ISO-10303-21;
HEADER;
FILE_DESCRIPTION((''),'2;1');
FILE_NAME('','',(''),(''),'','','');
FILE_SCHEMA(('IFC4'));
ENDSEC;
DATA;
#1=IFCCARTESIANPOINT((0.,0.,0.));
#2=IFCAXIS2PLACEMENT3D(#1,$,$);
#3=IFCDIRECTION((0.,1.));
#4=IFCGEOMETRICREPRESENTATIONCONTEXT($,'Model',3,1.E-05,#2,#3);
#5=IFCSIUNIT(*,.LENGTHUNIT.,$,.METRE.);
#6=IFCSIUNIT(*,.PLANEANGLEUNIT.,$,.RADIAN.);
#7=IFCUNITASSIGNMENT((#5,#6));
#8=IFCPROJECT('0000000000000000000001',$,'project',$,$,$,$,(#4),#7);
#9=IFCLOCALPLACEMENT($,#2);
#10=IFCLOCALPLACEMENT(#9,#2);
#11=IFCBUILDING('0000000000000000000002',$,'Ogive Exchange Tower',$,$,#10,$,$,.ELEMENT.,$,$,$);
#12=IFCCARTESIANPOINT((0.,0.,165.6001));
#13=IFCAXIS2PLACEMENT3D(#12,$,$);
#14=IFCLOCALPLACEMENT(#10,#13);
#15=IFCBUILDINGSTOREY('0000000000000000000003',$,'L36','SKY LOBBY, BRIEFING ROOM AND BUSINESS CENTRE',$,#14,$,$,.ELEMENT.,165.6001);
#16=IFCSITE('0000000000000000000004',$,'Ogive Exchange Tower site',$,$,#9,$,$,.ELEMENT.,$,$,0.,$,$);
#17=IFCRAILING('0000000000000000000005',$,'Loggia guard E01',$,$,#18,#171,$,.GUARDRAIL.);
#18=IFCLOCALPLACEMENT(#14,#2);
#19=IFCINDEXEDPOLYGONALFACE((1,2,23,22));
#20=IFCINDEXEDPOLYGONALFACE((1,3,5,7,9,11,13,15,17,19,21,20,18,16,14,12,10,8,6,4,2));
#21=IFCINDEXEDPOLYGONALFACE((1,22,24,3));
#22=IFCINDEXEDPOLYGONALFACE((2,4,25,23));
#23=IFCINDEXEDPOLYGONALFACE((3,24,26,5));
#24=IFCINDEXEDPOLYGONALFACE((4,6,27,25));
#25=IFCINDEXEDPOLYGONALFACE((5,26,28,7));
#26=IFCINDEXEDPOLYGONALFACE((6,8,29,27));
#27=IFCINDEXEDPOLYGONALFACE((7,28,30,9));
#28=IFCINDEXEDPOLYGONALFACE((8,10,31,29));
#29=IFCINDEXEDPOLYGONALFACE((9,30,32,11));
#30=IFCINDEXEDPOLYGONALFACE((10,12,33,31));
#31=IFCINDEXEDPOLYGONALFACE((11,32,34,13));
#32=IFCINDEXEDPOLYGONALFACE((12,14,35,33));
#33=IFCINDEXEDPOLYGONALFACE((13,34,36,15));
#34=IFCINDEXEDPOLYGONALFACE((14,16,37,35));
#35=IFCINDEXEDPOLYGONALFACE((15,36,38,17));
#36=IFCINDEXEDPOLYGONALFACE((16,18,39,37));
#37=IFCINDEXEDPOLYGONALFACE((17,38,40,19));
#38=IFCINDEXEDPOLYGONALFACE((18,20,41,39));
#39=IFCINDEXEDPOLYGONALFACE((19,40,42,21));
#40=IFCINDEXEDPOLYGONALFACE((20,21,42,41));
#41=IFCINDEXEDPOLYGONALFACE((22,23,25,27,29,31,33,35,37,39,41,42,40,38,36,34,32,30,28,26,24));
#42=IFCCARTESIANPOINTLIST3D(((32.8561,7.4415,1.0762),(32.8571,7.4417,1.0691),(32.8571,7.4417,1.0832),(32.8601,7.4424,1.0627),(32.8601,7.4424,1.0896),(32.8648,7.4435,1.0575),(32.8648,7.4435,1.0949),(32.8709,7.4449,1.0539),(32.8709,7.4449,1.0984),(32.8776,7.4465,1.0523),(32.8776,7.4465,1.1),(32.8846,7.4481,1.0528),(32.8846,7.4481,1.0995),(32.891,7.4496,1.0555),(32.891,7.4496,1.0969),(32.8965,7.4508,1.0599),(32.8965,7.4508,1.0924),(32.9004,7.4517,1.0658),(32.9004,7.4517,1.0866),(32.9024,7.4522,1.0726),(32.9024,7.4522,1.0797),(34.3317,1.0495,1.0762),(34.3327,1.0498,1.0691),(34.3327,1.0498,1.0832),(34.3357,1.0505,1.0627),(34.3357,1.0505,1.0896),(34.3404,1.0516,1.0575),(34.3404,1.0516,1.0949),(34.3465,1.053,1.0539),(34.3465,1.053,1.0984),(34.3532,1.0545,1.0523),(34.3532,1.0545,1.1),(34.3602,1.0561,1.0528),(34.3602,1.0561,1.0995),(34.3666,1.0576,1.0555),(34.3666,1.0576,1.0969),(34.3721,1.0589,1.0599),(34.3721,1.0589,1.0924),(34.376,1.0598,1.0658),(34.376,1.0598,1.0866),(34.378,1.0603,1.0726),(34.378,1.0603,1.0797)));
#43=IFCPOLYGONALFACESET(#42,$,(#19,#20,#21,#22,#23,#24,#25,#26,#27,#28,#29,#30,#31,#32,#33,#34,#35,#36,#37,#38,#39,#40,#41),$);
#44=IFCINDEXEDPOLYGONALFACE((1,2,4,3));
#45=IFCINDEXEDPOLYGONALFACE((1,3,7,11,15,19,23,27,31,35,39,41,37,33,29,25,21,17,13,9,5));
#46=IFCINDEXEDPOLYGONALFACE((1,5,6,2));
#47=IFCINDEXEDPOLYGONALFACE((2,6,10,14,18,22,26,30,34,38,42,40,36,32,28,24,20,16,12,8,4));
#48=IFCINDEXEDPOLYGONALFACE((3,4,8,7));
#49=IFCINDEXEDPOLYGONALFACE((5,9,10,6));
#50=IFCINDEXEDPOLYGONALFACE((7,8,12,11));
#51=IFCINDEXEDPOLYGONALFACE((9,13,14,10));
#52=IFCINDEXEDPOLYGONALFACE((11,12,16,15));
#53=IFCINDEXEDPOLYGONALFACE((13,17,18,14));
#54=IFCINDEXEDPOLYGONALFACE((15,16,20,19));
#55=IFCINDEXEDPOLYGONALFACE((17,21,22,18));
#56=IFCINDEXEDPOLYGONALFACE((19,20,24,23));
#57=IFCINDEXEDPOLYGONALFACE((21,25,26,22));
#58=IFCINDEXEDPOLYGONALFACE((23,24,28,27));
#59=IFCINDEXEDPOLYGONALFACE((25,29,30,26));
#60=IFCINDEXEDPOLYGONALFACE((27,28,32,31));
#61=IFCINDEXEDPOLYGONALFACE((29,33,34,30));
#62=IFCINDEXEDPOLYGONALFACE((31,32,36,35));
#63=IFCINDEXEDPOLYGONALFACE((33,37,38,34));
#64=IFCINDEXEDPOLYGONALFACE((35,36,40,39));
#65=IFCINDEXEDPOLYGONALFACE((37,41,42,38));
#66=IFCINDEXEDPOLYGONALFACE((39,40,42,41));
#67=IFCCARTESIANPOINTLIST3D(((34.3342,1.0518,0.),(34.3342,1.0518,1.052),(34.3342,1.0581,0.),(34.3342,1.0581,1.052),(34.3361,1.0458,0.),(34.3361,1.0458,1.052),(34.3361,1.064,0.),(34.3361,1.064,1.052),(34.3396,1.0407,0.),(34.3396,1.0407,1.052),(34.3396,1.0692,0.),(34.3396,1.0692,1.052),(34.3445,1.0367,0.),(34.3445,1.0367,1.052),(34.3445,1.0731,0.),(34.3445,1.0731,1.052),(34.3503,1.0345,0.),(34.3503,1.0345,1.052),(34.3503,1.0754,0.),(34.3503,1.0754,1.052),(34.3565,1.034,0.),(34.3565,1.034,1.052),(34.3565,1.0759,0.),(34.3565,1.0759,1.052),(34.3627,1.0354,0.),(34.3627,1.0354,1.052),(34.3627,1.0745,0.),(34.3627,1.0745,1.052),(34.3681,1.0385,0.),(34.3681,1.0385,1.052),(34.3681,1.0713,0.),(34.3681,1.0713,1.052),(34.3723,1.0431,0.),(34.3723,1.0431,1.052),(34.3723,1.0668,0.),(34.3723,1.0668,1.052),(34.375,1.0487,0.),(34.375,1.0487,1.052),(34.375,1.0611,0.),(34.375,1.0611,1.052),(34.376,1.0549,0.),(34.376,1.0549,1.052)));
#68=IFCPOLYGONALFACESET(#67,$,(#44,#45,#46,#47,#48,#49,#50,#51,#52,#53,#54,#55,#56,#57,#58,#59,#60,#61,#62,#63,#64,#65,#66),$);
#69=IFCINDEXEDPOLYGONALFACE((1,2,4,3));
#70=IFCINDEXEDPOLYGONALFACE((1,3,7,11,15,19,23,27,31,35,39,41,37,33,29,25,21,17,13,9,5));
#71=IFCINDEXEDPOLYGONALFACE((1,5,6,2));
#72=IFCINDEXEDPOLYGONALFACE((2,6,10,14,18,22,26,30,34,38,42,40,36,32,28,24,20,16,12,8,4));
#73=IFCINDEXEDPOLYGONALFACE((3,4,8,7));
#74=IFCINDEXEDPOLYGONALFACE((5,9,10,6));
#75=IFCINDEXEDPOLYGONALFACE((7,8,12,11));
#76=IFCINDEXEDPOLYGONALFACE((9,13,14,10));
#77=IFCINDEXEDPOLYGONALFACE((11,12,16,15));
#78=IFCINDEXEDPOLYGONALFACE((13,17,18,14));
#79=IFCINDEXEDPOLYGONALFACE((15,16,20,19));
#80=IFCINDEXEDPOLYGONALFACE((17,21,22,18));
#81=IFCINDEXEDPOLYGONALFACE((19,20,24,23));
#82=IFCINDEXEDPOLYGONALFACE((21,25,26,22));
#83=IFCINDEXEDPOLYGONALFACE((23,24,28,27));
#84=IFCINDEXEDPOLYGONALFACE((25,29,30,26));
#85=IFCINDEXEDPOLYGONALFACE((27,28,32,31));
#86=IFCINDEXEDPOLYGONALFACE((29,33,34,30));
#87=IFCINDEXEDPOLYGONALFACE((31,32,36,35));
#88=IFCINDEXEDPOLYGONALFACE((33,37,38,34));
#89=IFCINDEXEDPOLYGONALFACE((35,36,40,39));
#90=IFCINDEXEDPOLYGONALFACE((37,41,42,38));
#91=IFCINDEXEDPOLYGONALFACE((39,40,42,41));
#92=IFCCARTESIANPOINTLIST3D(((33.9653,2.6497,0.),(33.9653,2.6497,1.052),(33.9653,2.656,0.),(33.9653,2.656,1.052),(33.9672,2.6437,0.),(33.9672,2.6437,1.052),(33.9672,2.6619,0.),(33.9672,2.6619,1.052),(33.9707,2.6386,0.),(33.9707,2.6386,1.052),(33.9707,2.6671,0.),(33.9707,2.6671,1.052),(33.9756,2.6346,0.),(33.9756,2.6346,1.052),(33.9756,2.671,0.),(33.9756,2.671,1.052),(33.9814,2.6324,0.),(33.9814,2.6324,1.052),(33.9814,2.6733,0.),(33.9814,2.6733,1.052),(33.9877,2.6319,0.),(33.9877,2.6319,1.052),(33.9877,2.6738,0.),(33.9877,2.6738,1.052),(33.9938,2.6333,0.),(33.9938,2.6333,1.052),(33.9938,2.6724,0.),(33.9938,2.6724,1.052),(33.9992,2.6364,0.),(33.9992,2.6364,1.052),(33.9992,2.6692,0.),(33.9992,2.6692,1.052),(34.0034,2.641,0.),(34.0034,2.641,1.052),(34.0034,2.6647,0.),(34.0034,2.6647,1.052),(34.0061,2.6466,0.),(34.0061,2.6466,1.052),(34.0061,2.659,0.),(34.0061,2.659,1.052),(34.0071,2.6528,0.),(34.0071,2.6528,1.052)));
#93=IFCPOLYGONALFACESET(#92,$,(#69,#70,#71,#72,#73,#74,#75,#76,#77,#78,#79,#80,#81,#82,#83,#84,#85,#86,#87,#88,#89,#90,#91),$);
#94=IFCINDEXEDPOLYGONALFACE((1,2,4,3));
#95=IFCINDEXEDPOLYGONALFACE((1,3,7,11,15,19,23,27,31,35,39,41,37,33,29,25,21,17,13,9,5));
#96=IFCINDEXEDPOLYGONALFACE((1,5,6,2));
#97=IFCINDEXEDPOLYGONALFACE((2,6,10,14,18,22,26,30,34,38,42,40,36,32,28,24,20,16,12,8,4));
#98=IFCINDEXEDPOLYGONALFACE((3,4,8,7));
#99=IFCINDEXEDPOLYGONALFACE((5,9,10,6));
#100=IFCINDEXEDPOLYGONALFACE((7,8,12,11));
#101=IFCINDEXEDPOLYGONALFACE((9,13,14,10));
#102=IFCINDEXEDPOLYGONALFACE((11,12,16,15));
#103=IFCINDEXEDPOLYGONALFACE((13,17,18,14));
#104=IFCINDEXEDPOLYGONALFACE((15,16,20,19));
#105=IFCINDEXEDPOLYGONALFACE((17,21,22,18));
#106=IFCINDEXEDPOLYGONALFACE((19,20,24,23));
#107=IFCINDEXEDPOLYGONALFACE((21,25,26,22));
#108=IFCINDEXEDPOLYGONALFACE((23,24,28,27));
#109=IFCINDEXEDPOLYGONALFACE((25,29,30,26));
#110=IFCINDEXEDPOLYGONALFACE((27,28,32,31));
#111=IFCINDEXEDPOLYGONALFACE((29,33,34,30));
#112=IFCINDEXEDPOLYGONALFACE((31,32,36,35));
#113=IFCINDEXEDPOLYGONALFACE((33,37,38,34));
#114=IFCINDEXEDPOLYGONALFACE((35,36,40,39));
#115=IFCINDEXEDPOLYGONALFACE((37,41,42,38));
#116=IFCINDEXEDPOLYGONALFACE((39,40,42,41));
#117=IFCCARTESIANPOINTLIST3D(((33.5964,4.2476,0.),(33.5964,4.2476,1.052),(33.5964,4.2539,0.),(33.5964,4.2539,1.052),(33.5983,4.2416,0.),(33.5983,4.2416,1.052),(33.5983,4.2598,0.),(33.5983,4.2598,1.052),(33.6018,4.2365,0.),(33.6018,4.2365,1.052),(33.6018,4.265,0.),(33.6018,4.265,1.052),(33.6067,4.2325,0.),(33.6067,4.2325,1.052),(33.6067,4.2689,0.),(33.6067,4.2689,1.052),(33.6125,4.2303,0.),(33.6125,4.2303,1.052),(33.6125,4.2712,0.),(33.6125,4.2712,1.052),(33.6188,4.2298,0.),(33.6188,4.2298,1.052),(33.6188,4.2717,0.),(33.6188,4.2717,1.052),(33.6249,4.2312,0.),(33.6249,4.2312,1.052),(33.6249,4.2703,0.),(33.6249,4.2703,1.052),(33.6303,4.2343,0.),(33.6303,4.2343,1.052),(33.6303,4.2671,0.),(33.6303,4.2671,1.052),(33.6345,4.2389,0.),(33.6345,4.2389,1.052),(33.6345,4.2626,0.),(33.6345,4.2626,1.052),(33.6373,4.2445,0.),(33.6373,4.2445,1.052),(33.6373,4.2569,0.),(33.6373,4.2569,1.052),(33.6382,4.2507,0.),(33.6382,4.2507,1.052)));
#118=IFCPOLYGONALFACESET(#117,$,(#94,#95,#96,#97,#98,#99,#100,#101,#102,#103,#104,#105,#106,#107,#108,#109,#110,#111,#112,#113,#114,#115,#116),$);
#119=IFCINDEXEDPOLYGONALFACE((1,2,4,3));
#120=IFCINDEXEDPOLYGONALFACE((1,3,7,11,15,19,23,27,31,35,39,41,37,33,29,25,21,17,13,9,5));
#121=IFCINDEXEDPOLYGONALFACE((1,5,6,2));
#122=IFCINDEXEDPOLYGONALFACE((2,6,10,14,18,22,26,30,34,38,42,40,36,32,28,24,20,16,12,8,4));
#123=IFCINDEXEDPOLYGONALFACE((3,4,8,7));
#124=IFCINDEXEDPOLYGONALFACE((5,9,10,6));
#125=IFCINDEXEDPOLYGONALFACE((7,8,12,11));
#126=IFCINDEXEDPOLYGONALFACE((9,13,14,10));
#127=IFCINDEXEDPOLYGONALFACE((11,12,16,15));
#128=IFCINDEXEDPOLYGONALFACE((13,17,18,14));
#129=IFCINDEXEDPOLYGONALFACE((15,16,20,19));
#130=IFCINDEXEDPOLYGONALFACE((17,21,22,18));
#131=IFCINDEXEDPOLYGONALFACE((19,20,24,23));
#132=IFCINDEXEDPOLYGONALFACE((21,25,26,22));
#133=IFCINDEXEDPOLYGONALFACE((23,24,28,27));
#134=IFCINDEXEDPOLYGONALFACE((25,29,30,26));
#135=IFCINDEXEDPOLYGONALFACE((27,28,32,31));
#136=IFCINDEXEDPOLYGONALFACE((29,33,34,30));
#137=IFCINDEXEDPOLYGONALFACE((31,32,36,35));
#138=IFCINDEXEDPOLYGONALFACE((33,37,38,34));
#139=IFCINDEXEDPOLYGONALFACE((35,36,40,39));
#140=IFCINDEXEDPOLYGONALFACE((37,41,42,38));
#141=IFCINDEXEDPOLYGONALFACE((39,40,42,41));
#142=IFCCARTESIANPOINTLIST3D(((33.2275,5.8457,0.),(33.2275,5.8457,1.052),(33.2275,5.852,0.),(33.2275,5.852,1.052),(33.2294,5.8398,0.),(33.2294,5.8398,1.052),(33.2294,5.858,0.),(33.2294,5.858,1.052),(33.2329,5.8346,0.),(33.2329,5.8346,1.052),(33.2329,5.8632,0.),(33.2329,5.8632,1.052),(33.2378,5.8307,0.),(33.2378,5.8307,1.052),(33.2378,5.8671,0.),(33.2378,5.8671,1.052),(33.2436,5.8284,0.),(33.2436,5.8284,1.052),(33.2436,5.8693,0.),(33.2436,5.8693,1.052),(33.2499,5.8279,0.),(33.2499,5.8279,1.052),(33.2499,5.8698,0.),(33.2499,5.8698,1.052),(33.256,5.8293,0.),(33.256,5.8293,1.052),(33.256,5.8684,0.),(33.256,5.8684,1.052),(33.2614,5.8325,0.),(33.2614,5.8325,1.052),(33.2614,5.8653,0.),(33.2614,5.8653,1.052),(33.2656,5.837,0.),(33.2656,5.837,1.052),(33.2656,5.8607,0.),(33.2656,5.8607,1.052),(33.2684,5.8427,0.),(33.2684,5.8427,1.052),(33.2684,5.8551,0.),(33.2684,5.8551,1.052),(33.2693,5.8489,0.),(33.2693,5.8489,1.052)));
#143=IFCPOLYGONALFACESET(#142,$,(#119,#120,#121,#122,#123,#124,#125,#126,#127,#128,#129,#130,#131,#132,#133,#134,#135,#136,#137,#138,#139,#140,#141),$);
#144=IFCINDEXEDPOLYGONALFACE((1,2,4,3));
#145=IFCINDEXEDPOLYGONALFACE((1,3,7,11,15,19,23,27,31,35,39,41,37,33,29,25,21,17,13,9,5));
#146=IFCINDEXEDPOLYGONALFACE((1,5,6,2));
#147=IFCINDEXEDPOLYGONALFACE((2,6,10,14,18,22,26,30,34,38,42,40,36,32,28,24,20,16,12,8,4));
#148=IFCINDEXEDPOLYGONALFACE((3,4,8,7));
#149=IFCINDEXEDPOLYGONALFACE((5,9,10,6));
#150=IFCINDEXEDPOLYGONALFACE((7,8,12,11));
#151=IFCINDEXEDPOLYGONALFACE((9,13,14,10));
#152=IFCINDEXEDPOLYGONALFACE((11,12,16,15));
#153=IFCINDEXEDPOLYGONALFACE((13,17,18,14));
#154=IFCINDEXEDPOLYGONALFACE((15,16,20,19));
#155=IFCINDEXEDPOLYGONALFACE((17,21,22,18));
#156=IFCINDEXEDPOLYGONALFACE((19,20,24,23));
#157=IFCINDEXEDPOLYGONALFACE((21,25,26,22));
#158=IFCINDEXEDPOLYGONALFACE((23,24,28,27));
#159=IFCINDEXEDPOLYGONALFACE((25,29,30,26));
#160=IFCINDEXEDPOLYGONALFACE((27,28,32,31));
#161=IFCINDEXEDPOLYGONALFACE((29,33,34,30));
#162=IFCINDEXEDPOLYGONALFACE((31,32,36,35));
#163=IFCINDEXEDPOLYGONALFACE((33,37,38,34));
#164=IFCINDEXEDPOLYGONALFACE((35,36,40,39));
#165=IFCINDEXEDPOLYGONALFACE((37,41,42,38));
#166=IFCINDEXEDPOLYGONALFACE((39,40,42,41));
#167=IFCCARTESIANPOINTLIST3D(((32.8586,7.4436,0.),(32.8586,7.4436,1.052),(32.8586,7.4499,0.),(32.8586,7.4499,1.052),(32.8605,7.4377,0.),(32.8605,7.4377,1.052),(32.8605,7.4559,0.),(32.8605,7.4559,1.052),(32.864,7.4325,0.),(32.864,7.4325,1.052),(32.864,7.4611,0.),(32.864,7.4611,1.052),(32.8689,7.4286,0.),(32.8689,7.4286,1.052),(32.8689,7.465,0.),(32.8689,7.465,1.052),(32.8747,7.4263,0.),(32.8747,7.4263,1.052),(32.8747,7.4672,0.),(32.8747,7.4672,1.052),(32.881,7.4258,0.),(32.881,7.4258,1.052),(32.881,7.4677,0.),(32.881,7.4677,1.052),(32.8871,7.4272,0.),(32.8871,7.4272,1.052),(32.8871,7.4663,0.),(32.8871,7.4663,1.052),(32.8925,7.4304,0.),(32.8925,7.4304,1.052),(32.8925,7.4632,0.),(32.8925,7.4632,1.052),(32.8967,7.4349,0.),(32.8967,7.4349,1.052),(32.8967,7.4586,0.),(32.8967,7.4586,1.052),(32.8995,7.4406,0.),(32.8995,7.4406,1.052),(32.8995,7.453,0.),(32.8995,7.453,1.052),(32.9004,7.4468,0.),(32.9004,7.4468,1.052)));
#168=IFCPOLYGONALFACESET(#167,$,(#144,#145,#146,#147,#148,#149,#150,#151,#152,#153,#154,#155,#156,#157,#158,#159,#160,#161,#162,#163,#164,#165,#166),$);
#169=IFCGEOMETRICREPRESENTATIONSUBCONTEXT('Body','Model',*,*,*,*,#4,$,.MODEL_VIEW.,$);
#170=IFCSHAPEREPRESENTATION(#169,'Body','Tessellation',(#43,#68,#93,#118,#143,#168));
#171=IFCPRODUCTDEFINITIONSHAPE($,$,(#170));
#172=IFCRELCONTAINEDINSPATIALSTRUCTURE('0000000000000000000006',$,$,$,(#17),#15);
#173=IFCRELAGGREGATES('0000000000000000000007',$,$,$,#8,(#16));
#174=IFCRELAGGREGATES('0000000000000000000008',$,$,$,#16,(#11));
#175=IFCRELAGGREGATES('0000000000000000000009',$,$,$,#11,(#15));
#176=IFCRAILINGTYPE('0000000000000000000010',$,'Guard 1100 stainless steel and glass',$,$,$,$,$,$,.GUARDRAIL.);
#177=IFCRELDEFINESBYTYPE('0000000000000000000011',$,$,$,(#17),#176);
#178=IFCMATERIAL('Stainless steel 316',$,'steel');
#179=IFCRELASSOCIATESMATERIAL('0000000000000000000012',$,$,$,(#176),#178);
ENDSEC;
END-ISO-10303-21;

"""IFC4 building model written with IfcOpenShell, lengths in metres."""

from ifc_helpers import new_model, si_unit, direction, frame, origin, origin_2d, place, context, subcontext, project, spatial, circle, extrude, material, type_object, element, save


model = new_model("IFC4")

# Units and contexts
model_context = context("Model", 3, precision=1e-05, world=origin(), true_north=direction((0.0, 1.0)))
body_context = subcontext(model_context, "Body", "Model", "MODEL_VIEW")
ifc_project = project(units=[si_unit("LENGTHUNIT", "METRE"), si_unit("PLANEANGLEUNIT", "RADIAN")], contexts=[model_context])

# Site, building, storey
site_placement = place(None, origin())
site = spatial("IfcSite", under=ifc_project, at=site_placement, Name="Ogive Exchange Tower site", CompositionType="ELEMENT", RefElevation=0.0)
building_placement = place(site_placement, origin())
building = spatial("IfcBuilding", under=site, at=building_placement, Name="Ogive Exchange Tower", CompositionType="ELEMENT")
storey_placement = place(building_placement, frame((0.0, 0.0, 165.6001)))
storey = spatial("IfcBuildingStorey", under=building, at=storey_placement, Name="L36", Description="SKY LOBBY, BRIEFING ROOM AND BUSINESS CENTRE", CompositionType="ELEMENT", Elevation=165.6001)

# Railing
ifc_material_1 = material(Name="Stainless steel 316", Category="steel")
railing_type_1 = type_object("IfcRailingType", Name="Guard 1100 stainless steel and glass", PredefinedType="GUARDRAIL", material=ifc_material_1)
railing_placement = place(storey_placement, frame((34.355, 1.0549, 0.0)))
element("IfcRailing", 1, at=railing_placement, inside=storey, type_object=railing_type_1, Name="Loggia guard E01", PredefinedType="GUARDRAIL", context=body_context, shape_type="SweptSolid", body=[
    extrude(circle(Radius=0.0239, at=origin_2d()), frame((0.0, 0.0, 1.0762), z_axis=(-0.224938, 0.974373, 0.0), x_axis=(-0.974373, -0.224938, 0.0)), (0.0, 0.0, 1.0), 6.5601),
    extrude(circle(Radius=0.021, at=origin_2d()), origin(), (0.0, 0.0, 1.0), 1.052),
    extrude(circle(Radius=0.021, at=origin_2d()), frame((-0.3689, 1.5979, 0.0)), (0.0, 0.0, 1.0), 1.052),
    extrude(circle(Radius=0.021, at=origin_2d()), frame((-0.7378, 3.1958, 0.0)), (0.0, 0.0, 1.0), 1.052),
    extrude(circle(Radius=0.021, at=origin_2d()), frame((-1.1067, 4.7939, 0.0)), (0.0, 0.0, 1.0), 1.052),
    extrude(circle(Radius=0.021, at=origin_2d()), frame((-1.4756, 6.3918, 0.0)), (0.0, 0.0, 1.0), 1.052),
])

save(model, "model.ifc")
